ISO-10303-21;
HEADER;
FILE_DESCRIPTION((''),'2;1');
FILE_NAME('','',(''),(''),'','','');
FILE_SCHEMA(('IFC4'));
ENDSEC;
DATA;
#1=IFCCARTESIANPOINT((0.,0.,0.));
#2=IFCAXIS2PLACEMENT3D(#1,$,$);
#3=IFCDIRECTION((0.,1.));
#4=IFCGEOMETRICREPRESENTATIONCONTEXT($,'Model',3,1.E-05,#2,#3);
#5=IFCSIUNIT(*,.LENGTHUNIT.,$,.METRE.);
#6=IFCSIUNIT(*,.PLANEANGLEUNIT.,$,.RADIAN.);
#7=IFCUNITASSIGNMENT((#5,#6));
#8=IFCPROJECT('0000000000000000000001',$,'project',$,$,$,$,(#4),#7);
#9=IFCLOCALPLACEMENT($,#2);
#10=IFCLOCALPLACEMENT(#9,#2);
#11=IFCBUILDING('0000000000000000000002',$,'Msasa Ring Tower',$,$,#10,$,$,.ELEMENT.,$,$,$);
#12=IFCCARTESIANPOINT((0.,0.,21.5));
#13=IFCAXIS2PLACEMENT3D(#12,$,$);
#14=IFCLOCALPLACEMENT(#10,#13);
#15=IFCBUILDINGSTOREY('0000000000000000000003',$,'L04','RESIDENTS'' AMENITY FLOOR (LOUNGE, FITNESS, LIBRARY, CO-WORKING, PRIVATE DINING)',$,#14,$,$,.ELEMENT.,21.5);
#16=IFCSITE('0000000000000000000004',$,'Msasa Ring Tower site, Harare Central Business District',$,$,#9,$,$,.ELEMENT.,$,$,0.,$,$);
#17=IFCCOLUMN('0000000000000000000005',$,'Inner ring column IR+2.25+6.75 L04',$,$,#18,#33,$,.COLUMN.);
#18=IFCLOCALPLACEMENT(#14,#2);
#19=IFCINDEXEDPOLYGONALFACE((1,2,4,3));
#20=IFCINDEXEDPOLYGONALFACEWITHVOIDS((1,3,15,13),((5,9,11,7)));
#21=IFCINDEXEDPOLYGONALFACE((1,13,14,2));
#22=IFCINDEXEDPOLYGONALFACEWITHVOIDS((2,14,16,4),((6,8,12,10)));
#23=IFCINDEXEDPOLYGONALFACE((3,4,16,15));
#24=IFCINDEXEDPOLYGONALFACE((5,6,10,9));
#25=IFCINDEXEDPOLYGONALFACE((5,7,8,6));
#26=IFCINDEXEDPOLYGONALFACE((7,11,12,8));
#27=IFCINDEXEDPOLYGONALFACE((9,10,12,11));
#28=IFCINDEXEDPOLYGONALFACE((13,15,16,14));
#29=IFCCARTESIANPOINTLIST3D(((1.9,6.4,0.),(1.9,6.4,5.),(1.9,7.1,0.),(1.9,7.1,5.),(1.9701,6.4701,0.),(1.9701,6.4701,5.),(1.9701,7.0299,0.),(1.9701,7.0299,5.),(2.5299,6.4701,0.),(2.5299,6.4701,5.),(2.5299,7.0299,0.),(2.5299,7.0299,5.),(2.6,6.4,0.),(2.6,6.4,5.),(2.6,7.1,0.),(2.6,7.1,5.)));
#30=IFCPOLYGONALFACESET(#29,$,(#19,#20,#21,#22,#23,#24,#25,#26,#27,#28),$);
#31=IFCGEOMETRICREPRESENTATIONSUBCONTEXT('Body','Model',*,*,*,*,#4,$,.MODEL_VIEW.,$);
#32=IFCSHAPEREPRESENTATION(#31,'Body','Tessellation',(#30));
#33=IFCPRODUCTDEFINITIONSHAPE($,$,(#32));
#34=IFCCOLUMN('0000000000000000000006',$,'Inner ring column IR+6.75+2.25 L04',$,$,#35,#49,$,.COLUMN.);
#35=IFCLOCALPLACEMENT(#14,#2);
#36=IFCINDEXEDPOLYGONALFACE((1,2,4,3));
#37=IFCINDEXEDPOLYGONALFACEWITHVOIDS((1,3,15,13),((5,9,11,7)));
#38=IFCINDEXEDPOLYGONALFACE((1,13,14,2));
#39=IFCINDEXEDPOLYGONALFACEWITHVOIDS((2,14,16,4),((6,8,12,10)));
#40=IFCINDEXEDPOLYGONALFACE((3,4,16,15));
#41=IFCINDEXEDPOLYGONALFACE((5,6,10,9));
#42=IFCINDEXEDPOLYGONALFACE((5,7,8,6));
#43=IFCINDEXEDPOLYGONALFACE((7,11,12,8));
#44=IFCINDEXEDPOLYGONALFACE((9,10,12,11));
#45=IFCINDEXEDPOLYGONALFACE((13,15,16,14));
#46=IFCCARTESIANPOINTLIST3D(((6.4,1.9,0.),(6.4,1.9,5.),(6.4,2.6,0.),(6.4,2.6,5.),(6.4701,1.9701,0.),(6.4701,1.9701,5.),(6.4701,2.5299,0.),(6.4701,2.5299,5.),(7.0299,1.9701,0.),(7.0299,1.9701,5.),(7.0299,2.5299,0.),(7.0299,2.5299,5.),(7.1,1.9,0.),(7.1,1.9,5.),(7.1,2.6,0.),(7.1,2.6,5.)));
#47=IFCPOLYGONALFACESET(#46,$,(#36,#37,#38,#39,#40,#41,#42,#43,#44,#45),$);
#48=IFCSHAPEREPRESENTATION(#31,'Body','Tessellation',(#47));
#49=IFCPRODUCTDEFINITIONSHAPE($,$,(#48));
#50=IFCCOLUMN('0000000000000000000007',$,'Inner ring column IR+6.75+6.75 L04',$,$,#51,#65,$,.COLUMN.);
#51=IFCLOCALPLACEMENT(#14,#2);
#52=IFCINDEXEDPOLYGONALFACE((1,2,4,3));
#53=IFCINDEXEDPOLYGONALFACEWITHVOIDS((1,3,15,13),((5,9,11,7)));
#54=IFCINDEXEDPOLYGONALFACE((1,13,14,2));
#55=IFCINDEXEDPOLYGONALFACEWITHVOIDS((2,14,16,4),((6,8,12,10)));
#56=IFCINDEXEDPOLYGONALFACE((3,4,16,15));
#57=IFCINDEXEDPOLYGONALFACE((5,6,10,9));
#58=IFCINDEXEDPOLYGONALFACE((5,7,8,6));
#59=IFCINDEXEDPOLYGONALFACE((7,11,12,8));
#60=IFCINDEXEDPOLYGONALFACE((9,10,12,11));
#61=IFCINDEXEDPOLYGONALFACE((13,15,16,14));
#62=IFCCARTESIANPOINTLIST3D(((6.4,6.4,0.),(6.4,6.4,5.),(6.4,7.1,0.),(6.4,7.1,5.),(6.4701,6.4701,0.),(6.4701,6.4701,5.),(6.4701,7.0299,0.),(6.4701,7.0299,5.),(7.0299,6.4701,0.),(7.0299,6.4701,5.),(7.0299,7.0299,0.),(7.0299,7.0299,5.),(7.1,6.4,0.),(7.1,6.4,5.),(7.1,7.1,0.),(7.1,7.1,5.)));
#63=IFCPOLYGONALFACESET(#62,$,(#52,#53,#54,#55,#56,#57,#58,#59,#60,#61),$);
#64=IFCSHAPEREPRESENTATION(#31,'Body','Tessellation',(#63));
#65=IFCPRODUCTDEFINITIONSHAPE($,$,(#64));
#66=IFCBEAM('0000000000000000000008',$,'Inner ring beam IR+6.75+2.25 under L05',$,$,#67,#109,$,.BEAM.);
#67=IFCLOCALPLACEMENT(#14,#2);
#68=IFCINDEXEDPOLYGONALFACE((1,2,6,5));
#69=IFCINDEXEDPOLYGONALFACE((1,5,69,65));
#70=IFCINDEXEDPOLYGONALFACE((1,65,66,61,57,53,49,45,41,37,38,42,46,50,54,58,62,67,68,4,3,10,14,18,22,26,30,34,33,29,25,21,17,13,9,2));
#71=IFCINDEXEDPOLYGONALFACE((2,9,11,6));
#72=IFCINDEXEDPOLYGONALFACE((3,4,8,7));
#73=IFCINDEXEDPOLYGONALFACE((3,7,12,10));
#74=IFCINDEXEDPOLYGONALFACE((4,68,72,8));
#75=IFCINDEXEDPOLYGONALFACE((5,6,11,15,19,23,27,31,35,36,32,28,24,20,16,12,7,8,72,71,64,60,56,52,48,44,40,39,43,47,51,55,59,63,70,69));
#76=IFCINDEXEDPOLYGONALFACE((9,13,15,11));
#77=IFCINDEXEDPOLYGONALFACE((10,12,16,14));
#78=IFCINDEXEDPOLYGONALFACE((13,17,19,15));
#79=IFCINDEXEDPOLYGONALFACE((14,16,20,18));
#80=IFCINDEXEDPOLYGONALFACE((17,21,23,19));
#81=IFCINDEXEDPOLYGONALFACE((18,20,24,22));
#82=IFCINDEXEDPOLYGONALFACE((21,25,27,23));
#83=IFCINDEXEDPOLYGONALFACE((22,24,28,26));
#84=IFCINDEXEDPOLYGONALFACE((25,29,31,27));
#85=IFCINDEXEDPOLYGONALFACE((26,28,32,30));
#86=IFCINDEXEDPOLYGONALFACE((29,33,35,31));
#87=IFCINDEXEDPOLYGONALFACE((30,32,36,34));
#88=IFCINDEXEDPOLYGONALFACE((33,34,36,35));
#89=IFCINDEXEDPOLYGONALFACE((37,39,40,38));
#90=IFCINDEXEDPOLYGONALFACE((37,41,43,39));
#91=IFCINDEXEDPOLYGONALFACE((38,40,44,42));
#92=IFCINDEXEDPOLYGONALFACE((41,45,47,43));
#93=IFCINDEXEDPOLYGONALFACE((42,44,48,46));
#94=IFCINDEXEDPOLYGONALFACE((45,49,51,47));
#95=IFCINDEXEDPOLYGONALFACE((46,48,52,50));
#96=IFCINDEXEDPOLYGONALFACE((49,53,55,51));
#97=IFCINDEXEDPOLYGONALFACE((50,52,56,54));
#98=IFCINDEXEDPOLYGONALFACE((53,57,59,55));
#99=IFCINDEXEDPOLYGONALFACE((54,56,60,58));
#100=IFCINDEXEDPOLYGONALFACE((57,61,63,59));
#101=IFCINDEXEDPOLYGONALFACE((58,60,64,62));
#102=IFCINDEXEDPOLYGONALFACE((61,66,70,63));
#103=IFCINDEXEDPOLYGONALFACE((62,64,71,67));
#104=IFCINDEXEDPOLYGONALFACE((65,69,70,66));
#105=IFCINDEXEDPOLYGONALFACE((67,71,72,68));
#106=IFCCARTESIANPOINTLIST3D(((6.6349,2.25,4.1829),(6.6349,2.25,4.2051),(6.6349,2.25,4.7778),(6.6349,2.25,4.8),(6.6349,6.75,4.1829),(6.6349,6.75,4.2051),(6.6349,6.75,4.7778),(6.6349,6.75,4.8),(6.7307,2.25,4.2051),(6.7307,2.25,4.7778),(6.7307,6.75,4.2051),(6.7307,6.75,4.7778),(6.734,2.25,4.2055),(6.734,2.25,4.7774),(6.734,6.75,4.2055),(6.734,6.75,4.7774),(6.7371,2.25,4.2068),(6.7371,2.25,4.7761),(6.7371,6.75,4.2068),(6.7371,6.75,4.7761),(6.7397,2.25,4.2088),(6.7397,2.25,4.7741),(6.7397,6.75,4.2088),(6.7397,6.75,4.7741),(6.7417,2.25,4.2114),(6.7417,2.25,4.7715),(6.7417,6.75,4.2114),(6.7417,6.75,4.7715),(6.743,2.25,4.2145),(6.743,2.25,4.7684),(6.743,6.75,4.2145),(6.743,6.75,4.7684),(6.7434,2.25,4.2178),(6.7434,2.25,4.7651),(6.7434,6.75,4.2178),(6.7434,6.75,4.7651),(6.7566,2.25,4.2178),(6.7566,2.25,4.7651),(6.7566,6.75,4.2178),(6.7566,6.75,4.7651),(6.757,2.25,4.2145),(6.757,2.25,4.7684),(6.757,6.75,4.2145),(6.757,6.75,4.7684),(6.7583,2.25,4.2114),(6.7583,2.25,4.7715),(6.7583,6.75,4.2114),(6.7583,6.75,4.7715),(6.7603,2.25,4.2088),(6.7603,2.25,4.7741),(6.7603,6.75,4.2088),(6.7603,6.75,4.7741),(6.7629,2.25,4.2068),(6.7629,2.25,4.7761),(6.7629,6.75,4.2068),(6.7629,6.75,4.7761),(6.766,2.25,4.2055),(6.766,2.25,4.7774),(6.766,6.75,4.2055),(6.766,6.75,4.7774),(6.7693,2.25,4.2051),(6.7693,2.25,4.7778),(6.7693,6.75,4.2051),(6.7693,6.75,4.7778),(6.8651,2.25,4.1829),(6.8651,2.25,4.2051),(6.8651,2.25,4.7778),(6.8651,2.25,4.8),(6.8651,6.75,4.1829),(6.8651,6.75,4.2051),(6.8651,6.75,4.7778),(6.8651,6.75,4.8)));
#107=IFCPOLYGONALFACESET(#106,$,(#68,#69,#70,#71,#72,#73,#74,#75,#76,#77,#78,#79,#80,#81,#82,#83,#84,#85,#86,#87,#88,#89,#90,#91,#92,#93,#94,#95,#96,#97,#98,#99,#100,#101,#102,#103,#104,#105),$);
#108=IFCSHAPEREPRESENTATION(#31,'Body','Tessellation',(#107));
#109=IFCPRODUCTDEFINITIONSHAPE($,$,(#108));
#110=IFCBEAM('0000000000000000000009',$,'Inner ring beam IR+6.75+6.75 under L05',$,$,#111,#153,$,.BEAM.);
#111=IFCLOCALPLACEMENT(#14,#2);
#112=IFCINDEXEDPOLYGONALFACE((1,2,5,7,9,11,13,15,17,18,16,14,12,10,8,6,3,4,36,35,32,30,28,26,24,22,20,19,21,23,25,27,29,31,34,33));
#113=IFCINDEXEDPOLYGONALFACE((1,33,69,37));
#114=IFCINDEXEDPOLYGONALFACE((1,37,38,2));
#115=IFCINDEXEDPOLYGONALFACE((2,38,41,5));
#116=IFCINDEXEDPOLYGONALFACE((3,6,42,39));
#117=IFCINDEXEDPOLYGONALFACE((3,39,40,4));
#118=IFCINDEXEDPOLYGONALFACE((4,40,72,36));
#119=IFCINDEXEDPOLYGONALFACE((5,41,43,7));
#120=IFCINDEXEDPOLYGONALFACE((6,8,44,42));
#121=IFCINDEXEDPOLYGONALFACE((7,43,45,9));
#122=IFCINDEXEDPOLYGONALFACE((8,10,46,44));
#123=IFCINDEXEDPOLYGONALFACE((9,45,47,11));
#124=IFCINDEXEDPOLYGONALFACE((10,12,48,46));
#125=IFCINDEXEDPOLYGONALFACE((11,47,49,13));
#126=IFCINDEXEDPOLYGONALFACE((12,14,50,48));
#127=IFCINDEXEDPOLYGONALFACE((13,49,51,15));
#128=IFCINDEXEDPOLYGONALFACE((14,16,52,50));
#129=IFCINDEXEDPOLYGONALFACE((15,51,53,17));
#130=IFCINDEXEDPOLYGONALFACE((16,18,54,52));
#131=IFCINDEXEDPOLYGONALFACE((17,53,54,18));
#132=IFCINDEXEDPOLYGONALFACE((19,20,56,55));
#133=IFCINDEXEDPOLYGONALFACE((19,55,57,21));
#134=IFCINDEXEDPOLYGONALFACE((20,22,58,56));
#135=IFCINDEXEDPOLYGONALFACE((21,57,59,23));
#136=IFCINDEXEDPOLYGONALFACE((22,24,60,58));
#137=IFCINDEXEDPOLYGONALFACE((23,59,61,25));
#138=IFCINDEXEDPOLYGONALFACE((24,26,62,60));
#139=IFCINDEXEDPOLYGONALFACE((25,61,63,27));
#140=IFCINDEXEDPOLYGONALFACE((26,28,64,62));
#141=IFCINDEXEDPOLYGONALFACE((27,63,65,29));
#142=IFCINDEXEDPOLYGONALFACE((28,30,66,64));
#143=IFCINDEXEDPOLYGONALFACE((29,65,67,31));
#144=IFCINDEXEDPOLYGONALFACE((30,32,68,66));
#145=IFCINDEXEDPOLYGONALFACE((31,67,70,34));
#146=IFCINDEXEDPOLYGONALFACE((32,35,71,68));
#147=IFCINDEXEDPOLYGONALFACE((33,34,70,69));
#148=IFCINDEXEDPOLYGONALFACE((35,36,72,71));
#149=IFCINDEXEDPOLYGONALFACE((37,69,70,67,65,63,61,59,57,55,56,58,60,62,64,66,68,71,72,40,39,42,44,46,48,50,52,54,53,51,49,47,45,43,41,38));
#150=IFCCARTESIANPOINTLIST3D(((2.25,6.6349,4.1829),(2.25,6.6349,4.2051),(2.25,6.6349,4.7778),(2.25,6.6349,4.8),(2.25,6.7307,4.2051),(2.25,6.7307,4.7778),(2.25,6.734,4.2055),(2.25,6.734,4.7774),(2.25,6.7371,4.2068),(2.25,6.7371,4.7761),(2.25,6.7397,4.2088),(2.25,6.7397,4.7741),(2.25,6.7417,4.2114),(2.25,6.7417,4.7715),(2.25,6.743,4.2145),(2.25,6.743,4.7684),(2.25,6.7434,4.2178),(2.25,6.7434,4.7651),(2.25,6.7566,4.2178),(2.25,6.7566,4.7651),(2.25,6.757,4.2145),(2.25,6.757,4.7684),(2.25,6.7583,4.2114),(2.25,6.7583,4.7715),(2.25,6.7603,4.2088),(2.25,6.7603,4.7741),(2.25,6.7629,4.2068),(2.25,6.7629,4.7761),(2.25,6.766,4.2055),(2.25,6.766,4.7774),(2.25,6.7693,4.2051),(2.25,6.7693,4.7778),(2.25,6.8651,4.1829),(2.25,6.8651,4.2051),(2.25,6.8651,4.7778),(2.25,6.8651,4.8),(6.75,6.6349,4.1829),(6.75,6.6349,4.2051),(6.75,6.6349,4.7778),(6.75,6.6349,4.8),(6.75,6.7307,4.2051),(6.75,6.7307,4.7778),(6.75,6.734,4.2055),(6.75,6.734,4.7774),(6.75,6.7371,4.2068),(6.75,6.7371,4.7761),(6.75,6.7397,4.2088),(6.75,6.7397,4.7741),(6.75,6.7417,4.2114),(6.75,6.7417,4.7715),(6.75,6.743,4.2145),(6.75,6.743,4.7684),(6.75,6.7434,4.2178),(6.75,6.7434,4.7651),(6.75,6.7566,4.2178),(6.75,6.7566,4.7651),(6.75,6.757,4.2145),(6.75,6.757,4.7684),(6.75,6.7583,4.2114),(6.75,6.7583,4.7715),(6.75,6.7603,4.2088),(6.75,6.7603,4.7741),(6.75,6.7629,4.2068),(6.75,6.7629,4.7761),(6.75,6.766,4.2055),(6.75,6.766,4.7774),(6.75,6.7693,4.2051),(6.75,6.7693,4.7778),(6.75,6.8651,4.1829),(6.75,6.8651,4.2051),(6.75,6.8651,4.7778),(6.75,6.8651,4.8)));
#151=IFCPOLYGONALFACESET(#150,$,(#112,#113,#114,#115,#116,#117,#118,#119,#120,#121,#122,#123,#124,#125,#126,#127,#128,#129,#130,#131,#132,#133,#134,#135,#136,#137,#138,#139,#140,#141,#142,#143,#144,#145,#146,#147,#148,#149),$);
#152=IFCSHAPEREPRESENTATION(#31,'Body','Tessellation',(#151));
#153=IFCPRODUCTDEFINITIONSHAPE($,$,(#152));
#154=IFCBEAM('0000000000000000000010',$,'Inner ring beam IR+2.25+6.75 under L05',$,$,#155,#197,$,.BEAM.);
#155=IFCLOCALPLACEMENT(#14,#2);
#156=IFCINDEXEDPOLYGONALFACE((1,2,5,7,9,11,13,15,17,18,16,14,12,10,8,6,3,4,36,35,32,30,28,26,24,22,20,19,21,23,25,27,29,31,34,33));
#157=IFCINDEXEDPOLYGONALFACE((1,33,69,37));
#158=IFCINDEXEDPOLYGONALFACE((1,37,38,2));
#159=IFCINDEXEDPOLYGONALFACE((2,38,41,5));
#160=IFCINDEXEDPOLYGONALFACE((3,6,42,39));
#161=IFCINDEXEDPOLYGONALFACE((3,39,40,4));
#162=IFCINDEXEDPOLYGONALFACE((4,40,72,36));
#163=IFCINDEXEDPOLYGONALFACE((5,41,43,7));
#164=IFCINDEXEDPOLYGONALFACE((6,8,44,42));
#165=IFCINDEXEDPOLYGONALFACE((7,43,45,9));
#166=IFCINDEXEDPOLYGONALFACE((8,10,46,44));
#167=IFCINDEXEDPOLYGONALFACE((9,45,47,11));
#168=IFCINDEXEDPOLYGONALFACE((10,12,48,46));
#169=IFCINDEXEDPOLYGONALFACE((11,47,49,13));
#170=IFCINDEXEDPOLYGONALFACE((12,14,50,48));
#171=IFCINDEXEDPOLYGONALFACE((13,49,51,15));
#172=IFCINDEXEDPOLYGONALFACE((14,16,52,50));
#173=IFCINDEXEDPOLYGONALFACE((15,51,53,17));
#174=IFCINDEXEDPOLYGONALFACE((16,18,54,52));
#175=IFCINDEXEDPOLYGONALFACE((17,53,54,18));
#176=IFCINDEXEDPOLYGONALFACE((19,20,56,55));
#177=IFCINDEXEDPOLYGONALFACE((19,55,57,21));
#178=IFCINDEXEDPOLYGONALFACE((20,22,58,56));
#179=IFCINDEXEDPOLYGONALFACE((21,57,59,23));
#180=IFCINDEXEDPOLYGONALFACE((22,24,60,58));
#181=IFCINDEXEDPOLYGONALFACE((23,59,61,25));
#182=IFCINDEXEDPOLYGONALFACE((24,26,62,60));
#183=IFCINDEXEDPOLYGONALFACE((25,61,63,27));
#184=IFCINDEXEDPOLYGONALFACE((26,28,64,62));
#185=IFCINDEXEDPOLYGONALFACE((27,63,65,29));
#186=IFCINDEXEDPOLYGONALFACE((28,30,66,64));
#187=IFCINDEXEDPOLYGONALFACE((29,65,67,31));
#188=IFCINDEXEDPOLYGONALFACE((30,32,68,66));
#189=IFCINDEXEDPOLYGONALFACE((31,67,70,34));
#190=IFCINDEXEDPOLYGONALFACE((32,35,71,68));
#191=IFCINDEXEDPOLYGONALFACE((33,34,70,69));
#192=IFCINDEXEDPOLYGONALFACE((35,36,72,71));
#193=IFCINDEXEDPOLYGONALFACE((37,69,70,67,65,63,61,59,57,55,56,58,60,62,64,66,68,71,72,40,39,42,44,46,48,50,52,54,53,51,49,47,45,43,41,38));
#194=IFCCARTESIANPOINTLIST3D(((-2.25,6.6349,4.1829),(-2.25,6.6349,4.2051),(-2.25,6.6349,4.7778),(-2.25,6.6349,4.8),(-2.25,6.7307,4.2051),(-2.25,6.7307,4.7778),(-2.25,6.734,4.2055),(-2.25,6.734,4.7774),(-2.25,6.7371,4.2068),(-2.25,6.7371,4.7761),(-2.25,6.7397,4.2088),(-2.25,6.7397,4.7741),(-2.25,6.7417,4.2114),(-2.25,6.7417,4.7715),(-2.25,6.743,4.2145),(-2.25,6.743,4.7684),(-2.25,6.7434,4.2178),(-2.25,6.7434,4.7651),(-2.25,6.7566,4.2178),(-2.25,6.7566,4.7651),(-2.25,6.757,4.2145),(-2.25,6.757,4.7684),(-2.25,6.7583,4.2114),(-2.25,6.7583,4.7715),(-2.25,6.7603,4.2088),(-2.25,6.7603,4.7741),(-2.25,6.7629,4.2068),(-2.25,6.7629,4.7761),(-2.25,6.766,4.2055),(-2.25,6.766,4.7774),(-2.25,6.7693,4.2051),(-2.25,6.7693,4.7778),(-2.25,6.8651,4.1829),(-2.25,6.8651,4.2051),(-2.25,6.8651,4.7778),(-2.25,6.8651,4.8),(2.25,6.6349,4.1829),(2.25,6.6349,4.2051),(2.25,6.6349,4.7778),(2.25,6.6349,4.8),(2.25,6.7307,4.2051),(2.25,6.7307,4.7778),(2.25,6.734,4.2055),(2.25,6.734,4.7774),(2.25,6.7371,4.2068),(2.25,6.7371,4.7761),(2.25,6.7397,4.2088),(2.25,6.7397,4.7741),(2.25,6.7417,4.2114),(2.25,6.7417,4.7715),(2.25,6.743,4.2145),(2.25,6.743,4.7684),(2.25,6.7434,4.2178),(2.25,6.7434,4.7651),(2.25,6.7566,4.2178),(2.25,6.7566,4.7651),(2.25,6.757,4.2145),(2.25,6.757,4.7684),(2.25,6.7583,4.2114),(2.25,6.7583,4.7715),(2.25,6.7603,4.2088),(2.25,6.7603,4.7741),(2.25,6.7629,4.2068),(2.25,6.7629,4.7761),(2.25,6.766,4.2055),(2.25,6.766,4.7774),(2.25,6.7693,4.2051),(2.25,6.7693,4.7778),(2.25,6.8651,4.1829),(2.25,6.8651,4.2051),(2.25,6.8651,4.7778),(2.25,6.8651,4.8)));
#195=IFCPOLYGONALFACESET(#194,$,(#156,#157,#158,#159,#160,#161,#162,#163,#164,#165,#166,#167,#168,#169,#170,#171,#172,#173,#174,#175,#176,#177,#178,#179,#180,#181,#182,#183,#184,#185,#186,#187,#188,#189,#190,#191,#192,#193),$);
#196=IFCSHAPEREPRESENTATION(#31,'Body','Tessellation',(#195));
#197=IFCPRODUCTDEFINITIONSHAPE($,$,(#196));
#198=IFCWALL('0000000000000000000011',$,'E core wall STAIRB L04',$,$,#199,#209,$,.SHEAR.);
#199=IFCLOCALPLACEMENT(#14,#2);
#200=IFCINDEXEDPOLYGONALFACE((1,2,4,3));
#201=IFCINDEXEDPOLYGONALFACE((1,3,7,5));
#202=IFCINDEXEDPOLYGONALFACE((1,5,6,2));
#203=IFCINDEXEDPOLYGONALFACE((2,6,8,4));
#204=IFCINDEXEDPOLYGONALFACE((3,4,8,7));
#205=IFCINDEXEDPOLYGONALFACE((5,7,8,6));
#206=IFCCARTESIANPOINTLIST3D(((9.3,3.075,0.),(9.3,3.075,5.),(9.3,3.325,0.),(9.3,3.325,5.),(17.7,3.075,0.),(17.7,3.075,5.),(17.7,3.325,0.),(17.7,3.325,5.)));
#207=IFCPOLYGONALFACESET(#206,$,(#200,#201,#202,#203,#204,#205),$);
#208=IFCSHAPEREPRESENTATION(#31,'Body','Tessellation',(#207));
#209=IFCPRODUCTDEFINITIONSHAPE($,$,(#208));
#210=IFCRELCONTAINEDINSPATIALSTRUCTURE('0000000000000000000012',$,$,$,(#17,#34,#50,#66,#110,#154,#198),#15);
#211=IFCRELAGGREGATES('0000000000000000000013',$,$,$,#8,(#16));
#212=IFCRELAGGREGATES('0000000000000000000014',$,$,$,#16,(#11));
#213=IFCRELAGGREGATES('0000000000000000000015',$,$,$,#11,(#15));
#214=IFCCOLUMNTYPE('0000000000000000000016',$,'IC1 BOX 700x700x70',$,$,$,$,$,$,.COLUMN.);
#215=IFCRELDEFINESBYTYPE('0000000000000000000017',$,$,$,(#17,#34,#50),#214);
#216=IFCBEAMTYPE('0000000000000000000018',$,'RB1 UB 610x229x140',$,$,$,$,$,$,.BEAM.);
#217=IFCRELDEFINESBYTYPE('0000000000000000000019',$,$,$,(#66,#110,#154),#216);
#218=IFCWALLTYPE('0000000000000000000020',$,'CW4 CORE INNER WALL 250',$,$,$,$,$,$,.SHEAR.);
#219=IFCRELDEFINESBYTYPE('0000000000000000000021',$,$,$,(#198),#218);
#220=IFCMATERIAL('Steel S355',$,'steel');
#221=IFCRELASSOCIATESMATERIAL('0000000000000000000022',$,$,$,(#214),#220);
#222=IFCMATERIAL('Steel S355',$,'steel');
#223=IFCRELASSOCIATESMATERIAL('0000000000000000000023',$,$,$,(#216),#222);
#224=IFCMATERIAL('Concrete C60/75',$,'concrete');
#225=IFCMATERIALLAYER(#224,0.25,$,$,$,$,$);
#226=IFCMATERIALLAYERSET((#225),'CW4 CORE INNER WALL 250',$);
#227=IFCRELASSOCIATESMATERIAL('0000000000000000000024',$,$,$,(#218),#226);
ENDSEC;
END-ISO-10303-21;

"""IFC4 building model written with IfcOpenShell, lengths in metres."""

from ifc_helpers import new_model, si_unit, direction, frame, frame_2d, origin, origin_2d, place, context, subcontext, project, spatial, rectangle, hollow_rectangle, i_section, extrude, material, layer, layer_set, material_profile, profile_set, type_object, element, save


model = new_model("IFC4")

# Units and contexts
model_context = context("Model", 3, precision=1e-05, world=origin(), true_north=direction((0.0, 1.0)))
body_context = subcontext(model_context, "Body", "Model", "MODEL_VIEW")
ifc_project = project(units=[si_unit("LENGTHUNIT", "METRE"), si_unit("PLANEANGLEUNIT", "RADIAN")], contexts=[model_context])

# Site, building, storey
site_placement = place(None, origin())
site = spatial("IfcSite", under=ifc_project, at=site_placement, Name="Msasa Ring Tower site, Harare Central Business District", CompositionType="ELEMENT", RefElevation=0.0)
building_placement = place(site_placement, origin())
building = spatial("IfcBuilding", under=site, at=building_placement, Name="Msasa Ring Tower", CompositionType="ELEMENT")
storey_placement = place(building_placement, frame((0.0, 0.0, 21.5)))
storey = spatial("IfcBuildingStorey", under=building, at=storey_placement, Name="L04", Description="RESIDENTS' AMENITY FLOOR (LOUNGE, FITNESS, LIBRARY, CO-WORKING, PRIVATE DINING)", CompositionType="ELEMENT", Elevation=21.5)

# Columns
ifc_material_1 = material(Name="Steel S355", Category="steel")
ifc_material_profile_1 = material_profile(ifc_material_1, hollow_rectangle(XDim=0.7, YDim=0.7, WallThickness=0.0701, at=origin_2d()), Name="BOX 700x700x70")
ifc_profile_set_1 = profile_set([ifc_material_profile_1], Name="Steel S355")
column_type = type_object("IfcColumnType", Name="IC1 BOX 700x700x70", PredefinedType="COLUMN", material=ifc_profile_set_1)
for number, where, z_axis, x_axis, name in (
    (1, (2.25, 6.75, 0.0), (0.0, 0.0, 1.0), (1.0, 0.0, 0.0), "Inner ring column IR+2.25+6.75 L04"),
    (2, (6.75, 2.25, 0.0), (0.0, 0.0, 1.0), (1.0, 0.0, 0.0), "Inner ring column IR+6.75+2.25 L04"),
    (3, (6.75, 6.75, 0.0), (0.0, 0.0, 1.0), (1.0, 0.0, 0.0), "Inner ring column IR+6.75+6.75 L04"),
):
    element("IfcColumn", number, at=place(storey_placement, frame(where, z_axis=z_axis, x_axis=x_axis)), inside=storey, type_object=column_type, Name=name, PredefinedType="COLUMN", context=body_context, shape_type="SweptSolid", body=[
        extrude(hollow_rectangle(XDim=0.7, YDim=0.7, WallThickness=0.0701, at=origin_2d()), origin(), (0.0, 0.0, 1.0), 5.0),
    ])

# Beams
ifc_material_2 = material(Name="Steel S355", Category="steel")
ifc_material_profile_2 = material_profile(ifc_material_2, i_section(OverallWidth=0.2302, OverallDepth=0.6172, WebThickness=0.0132, FlangeThickness=0.0222, FilletRadius=0.0127, at=origin_2d()), Name="UB 610x229x140")
ifc_profile_set_2 = profile_set([ifc_material_profile_2], Name="Steel S355")
beam_type = type_object("IfcBeamType", Name="RB1 UB 610x229x140", PredefinedType="BEAM", material=ifc_profile_set_2)
for number, where, z_axis, x_axis, name in (
    (4, (6.75, 2.25, 4.4915), (0.0, 1.0, 0.0), (-1.0, 0.0, 0.0), "Inner ring beam IR+6.75+2.25 under L05"),
    (5, (6.75, 6.75, 4.4915), (-1.0, 0.0, 0.0), (0.0, -1.0, 0.0), "Inner ring beam IR+6.75+6.75 under L05"),
    (6, (2.25, 6.75, 4.4915), (-1.0, 0.0, 0.0), (0.0, -1.0, 0.0), "Inner ring beam IR+2.25+6.75 under L05"),
):
    element("IfcBeam", number, at=place(storey_placement, frame(where, z_axis=z_axis, x_axis=x_axis)), inside=storey, type_object=beam_type, Name=name, PredefinedType="BEAM", context=body_context, shape_type="SweptSolid", body=[
        extrude(i_section(OverallWidth=0.2302, OverallDepth=0.6172, WebThickness=0.0132, FlangeThickness=0.0222, FilletRadius=0.0127, at=origin_2d()), origin(), (0.0, 0.0, 1.0), 4.5),
    ])

# Wall
ifc_material_3 = material(Name="Concrete C60/75", Category="concrete")
ifc_layer_1 = layer(ifc_material_3, 0.25)
ifc_layer_set_1 = layer_set([ifc_layer_1], Name="CW4 CORE INNER WALL 250")
wall_type = type_object("IfcWallType", Name="CW4 CORE INNER WALL 250", PredefinedType="SHEAR", material=ifc_layer_set_1)
wall_1_placement = place(storey_placement, frame((9.3, 3.2, 0.0), z_axis=(0.0, 0.0, 1.0), x_axis=(1.0, 0.0, 0.0)))
element("IfcWall", 7, at=wall_1_placement, inside=storey, type_object=wall_type, Name="E core wall STAIRB L04", PredefinedType="SHEAR", context=body_context, shape_type="SweptSolid", body=[
    extrude(rectangle(XDim=8.3999, YDim=0.25, at=frame_2d((4.2, 0.0))), origin(), (0.0, 0.0, 1.0), 5.0),
])

save(model, "model.ifc")
